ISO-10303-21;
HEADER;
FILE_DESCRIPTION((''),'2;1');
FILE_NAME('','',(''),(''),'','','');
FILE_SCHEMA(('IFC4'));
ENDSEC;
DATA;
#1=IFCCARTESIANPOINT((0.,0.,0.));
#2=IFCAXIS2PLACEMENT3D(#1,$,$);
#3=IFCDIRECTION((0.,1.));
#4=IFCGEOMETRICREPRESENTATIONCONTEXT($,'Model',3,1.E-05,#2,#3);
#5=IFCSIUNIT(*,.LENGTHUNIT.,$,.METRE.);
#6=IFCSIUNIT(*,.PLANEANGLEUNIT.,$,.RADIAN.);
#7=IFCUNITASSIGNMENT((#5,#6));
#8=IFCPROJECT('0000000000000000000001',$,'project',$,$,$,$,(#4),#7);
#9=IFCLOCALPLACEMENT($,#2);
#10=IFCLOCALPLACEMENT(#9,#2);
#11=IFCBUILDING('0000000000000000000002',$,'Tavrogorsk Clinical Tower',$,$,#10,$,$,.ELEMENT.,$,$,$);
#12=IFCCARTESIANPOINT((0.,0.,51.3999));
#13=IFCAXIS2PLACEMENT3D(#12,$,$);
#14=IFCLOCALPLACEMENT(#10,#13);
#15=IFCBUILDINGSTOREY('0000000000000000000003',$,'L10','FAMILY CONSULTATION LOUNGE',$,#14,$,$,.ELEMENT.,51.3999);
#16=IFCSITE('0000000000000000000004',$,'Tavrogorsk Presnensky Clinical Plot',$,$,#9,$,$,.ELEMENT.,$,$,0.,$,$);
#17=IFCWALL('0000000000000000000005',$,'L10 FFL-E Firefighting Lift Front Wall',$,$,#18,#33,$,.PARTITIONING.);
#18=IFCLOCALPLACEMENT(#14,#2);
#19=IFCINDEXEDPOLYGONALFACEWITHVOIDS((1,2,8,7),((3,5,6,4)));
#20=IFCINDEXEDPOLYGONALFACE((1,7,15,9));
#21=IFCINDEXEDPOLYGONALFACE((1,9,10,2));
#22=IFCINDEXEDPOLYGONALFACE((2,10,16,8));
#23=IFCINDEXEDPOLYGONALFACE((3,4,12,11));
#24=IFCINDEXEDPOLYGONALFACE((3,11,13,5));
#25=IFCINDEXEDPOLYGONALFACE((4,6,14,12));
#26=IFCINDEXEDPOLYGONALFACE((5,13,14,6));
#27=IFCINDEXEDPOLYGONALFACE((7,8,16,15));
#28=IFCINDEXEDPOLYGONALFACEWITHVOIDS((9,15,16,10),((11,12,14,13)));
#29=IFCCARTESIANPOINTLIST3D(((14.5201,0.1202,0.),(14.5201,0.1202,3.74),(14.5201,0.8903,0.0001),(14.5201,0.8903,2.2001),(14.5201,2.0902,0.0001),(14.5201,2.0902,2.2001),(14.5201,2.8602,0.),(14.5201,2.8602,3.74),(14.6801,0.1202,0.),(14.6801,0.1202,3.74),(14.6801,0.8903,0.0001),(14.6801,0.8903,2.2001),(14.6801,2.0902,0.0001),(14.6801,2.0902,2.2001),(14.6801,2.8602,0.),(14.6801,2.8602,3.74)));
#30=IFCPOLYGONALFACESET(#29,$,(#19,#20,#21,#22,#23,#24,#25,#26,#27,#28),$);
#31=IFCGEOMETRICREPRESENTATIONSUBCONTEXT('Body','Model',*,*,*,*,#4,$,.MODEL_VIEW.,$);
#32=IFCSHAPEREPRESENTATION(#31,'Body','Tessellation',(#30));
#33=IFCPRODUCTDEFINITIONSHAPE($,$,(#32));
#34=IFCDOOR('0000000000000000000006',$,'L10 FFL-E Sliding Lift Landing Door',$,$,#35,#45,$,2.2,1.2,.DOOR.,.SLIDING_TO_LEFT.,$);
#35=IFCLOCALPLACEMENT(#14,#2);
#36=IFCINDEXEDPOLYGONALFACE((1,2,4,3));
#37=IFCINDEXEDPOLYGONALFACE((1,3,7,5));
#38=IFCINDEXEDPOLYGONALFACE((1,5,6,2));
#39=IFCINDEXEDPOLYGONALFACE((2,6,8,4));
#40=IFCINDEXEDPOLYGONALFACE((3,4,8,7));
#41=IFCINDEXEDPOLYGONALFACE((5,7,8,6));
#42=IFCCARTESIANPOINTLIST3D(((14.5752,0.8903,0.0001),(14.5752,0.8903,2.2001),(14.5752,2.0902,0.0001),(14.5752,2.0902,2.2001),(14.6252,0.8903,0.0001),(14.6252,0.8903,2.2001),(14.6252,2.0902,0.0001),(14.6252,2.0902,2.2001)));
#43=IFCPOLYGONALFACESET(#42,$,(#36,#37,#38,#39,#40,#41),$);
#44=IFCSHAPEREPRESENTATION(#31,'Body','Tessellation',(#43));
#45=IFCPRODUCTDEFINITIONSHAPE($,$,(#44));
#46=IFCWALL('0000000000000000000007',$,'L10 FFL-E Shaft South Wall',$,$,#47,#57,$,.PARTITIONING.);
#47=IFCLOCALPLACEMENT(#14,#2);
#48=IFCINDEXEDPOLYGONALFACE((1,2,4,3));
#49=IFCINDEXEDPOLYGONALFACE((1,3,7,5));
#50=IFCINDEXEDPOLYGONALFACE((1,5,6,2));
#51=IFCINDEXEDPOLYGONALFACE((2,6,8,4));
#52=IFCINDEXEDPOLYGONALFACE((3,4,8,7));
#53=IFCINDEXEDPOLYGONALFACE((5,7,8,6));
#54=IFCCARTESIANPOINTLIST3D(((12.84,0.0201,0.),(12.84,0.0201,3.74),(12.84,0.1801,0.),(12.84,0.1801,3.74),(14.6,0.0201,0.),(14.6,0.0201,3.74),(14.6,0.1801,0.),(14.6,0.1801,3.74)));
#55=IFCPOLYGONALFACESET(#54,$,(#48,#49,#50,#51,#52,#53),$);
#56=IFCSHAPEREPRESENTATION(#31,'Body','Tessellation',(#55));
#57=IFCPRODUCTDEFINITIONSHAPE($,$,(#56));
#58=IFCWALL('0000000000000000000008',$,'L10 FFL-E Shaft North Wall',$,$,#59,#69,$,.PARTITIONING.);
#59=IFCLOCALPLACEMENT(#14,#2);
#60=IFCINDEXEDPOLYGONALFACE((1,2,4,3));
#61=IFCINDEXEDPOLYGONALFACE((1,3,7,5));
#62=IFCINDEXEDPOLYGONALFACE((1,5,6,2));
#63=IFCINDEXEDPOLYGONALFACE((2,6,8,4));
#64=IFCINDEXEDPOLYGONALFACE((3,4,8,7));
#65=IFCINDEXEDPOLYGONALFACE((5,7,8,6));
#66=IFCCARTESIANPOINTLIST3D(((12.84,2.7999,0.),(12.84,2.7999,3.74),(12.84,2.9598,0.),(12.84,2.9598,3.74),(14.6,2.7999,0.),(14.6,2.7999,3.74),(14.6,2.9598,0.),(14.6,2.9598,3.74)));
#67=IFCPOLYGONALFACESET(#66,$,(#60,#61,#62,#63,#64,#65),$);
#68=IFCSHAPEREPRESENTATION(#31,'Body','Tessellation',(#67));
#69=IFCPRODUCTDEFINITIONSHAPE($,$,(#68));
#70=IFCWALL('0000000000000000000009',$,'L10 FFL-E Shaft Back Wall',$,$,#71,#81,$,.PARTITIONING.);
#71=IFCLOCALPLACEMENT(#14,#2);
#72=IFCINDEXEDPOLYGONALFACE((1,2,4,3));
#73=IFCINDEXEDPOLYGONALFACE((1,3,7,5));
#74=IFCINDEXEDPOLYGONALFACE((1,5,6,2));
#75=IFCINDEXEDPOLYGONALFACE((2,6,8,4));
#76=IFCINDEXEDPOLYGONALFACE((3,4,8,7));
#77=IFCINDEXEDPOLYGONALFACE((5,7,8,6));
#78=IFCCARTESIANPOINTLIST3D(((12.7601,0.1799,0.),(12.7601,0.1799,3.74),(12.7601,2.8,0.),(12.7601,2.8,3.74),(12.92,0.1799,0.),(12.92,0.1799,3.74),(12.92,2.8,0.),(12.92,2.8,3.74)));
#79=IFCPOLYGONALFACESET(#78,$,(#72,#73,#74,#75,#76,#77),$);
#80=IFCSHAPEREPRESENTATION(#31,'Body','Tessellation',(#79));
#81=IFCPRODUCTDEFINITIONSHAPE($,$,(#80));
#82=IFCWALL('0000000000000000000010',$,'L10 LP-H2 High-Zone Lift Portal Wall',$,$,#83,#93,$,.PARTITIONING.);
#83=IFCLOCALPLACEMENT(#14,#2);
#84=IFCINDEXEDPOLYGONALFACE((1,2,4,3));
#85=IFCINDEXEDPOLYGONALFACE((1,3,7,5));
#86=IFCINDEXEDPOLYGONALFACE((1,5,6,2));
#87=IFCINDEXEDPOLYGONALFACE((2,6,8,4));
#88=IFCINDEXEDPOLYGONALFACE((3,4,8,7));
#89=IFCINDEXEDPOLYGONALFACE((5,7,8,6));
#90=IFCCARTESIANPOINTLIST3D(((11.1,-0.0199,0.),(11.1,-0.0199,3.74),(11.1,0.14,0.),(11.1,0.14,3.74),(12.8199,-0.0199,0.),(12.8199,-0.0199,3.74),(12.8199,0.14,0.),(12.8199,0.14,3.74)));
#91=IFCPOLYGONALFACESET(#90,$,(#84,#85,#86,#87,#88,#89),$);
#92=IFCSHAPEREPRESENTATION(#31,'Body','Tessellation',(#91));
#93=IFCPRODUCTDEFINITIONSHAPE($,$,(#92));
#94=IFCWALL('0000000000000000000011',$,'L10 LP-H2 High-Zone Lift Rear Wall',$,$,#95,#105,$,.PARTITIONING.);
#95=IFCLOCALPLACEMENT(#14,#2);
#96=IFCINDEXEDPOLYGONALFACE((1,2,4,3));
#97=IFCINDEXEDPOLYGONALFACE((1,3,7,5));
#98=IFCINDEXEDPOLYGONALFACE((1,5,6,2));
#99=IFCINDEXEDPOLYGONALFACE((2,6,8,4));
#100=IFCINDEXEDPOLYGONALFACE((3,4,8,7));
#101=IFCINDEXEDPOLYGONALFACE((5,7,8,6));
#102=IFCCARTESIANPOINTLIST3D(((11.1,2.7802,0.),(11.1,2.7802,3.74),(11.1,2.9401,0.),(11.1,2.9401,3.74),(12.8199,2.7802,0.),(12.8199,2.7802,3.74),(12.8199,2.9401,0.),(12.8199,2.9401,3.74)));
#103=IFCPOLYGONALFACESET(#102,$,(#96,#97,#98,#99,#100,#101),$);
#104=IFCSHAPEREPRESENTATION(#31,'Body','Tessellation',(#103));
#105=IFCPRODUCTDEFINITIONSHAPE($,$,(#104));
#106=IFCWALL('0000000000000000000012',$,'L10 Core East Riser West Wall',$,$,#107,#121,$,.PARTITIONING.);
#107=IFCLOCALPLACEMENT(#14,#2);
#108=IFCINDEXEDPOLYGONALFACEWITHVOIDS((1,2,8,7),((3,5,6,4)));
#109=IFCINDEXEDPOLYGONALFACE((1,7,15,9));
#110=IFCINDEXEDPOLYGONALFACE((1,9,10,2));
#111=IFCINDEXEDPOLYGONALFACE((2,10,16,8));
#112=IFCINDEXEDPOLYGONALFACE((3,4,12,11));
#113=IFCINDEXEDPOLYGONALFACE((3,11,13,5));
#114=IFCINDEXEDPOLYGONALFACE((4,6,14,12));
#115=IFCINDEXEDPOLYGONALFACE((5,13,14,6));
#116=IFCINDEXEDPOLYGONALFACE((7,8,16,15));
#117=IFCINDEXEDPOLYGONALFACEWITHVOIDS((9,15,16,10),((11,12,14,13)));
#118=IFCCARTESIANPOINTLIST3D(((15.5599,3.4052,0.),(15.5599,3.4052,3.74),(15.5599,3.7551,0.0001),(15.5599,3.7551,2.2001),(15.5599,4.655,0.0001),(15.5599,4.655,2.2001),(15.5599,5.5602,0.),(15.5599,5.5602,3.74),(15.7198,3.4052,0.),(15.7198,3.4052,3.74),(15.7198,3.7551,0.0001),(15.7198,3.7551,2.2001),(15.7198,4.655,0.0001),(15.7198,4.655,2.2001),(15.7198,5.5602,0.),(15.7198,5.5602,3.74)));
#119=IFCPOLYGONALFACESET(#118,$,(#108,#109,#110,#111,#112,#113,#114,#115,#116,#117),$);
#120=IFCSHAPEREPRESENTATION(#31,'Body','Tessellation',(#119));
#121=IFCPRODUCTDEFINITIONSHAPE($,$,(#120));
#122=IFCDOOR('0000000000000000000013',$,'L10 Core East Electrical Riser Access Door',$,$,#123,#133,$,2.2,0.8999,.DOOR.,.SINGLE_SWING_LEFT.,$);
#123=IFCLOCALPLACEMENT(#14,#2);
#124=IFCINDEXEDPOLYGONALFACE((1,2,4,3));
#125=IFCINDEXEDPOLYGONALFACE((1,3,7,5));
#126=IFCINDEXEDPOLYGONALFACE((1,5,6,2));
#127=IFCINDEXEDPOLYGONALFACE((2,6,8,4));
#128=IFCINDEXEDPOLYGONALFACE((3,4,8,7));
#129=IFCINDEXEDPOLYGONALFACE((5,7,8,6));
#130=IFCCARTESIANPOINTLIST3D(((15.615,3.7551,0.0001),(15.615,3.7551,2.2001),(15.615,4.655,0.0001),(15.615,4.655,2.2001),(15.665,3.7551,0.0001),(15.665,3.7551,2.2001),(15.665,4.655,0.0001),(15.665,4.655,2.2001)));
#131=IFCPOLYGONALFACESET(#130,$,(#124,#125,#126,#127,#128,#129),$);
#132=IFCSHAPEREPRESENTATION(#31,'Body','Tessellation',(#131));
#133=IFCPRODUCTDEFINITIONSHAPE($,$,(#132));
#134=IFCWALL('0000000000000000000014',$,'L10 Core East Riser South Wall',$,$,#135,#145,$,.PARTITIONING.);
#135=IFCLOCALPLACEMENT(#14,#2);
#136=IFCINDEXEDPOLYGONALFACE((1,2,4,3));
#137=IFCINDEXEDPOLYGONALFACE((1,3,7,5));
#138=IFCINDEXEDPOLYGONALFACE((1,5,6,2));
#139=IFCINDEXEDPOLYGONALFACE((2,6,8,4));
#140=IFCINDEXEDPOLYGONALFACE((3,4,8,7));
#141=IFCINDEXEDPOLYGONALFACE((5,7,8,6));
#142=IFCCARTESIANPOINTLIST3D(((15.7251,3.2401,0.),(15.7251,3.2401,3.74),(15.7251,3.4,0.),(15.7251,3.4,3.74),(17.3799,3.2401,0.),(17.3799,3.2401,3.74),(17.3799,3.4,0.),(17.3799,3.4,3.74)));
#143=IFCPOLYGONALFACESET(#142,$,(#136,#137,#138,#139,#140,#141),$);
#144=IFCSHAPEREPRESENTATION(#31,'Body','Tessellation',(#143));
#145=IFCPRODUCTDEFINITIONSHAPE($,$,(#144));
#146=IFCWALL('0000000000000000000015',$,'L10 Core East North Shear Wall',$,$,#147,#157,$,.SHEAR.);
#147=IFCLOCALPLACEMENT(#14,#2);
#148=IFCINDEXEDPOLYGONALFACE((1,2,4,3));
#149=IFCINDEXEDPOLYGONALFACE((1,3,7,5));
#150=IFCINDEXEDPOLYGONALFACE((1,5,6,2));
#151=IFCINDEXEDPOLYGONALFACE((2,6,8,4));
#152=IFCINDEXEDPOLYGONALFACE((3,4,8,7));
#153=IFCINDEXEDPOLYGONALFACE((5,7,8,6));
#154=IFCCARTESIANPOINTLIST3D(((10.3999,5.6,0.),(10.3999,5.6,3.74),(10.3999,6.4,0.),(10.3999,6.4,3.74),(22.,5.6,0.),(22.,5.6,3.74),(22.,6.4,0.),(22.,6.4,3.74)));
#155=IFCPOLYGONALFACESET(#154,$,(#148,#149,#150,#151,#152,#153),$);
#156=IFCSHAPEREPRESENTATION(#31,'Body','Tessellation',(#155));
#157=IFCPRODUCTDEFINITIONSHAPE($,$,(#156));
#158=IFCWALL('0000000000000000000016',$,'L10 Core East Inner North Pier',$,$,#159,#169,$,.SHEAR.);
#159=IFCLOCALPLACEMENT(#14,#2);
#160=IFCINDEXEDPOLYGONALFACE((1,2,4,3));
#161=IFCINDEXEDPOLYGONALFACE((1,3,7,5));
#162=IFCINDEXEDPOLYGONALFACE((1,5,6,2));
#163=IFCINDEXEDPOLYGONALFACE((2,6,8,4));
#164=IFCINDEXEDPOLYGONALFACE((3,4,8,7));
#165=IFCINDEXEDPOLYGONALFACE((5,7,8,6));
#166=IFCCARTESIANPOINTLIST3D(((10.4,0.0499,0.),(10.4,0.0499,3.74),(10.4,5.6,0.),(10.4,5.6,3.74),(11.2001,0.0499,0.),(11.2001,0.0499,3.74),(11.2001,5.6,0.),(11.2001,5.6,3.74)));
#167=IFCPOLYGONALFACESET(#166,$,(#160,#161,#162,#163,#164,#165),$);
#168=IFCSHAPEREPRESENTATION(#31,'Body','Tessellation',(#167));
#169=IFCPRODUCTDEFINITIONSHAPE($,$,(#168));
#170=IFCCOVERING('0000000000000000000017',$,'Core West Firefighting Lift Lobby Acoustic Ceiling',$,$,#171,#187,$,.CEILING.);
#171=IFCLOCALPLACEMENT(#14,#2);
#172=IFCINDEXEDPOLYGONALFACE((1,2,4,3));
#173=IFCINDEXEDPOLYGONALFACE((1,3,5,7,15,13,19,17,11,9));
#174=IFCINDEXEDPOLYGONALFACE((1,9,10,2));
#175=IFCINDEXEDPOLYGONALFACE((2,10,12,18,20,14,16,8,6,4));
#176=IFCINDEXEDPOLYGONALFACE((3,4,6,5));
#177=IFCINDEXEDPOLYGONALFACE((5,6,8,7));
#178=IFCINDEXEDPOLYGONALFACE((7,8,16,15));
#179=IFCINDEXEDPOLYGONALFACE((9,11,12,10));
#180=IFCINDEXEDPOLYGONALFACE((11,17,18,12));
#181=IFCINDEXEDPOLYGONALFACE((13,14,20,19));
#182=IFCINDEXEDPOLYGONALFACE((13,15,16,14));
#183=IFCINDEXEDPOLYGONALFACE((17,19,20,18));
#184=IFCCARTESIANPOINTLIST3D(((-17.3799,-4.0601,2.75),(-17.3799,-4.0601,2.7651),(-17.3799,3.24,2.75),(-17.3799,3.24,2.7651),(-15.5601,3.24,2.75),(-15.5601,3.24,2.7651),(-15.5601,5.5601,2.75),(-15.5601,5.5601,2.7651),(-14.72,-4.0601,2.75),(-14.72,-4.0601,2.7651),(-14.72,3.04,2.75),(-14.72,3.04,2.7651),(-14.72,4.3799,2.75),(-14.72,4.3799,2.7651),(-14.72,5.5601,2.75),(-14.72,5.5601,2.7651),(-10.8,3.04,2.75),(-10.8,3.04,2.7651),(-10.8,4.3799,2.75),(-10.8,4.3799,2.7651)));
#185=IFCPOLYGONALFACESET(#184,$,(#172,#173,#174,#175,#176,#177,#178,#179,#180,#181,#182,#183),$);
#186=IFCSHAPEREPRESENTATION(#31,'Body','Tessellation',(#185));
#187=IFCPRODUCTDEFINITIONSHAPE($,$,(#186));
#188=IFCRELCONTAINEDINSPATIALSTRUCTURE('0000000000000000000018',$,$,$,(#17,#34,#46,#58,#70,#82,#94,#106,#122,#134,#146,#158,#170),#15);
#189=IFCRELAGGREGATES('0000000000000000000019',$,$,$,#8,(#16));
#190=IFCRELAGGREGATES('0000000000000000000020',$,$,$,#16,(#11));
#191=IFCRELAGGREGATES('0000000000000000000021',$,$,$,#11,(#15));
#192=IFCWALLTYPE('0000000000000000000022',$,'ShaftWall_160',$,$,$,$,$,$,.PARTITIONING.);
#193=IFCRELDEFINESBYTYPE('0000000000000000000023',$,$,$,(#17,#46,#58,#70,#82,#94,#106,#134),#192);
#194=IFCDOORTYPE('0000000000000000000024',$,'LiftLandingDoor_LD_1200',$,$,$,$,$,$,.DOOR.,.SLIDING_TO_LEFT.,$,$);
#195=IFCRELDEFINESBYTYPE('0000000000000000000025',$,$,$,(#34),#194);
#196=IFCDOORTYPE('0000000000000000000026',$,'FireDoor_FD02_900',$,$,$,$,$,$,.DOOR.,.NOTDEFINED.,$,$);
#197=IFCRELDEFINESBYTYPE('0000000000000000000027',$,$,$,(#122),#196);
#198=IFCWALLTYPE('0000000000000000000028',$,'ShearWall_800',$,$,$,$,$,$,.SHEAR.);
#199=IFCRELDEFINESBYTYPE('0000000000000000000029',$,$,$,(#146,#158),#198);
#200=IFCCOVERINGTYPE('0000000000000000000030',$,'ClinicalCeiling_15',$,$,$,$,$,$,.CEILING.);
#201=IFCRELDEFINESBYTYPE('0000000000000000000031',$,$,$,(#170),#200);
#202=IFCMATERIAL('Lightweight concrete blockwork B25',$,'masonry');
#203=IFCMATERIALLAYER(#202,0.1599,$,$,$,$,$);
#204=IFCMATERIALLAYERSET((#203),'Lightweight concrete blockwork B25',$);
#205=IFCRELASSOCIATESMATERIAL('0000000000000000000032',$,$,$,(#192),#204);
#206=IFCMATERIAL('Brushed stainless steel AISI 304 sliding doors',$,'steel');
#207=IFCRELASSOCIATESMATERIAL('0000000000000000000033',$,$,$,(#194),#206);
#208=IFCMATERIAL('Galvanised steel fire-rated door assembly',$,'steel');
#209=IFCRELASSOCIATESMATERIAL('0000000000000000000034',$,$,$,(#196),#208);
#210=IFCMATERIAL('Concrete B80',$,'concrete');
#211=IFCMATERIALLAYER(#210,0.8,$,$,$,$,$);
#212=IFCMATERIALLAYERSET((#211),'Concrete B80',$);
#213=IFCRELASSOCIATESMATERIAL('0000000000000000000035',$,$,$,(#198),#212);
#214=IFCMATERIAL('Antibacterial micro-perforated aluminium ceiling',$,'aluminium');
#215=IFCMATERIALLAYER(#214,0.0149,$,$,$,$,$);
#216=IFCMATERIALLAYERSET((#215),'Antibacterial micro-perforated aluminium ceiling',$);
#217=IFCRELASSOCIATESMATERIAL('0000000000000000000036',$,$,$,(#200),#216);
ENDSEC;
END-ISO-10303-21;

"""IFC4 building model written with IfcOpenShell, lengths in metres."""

from ifc_helpers import new_model, si_unit, direction, frame, frame_2d, origin, place, context, subcontext, project, spatial, polyline, rectangle, outline, extrude, material, layer, layer_set, type_object, element, fill, save


model = new_model("IFC4")

# Units and contexts
model_context = context("Model", 3, precision=1e-05, world=origin(), true_north=direction((0.0, 1.0)))
body_context = subcontext(model_context, "Body", "Model", "MODEL_VIEW")
ifc_project = project(units=[si_unit("LENGTHUNIT", "METRE"), si_unit("PLANEANGLEUNIT", "RADIAN")], contexts=[model_context])

# Site, building, storey
site_placement = place(None, origin())
site = spatial("IfcSite", under=ifc_project, at=site_placement, Name="Tavrogorsk Presnensky Clinical Plot", CompositionType="ELEMENT", RefElevation=0.0)
building_placement = place(site_placement, origin())
building = spatial("IfcBuilding", under=site, at=building_placement, Name="Tavrogorsk Clinical Tower", CompositionType="ELEMENT")
storey_placement = place(building_placement, frame((0.0, 0.0, 51.3999)))
storey = spatial("IfcBuildingStorey", under=building, at=storey_placement, Name="L10", Description="FAMILY CONSULTATION LOUNGE", CompositionType="ELEMENT", Elevation=51.3999)

# Wall, opening, door
ifc_material_1 = material(Name="Lightweight concrete blockwork B25", Category="masonry")
ifc_layer_1 = layer(ifc_material_1, 0.1599)
ifc_layer_set_1 = layer_set([ifc_layer_1], Name="Lightweight concrete blockwork B25")
wall_type_1 = type_object("IfcWallType", Name="ShaftWall_160", PredefinedType="PARTITIONING", material=ifc_layer_set_1)
wall_1_placement = place(storey_placement, frame((14.6001, 0.1201, 0.0), z_axis=(0.0, 0.0, 1.0), x_axis=(0.0, 1.0, 0.0)))
wall_1 = element("IfcWall", 1, at=wall_1_placement, inside=storey, type_object=wall_type_1, Name="L10 FFL-E Firefighting Lift Front Wall", PredefinedType="PARTITIONING", context=body_context, shape_type="SweptSolid", body=[
    extrude(rectangle(XDim=2.74, YDim=0.1599, at=frame_2d((1.3701, 0.0))), origin(), (0.0, 0.0, 1.0), 3.74),
])
opening_1_placement = place(wall_1_placement, frame((0.77, 0.0, 0.0)))
opening_1 = element("IfcOpeningElement", 2, at=opening_1_placement, cuts=wall_1, PredefinedType="OPENING", context=body_context, shape_type="SweptSolid", body=[
    extrude(rectangle(XDim=1.2, YDim=2.2, at=frame_2d((0.6001, 1.1001))), frame((0.0, 0.0898, 0.0), z_axis=(0.0, -1.0, 0.0), x_axis=(1.0, 0.0, 0.0)), (0.0, 0.0, 1.0), 0.1799),
])
ifc_material_2 = material(Name="Brushed stainless steel AISI 304 sliding doors", Category="steel")
door_type_1 = type_object("IfcDoorType", Name="LiftLandingDoor_LD_1200", OperationType="SLIDING_TO_LEFT", PredefinedType="DOOR", material=ifc_material_2)
door_1_placement = place(opening_1_placement, origin())
door_1 = element("IfcDoor", 3, at=door_1_placement, inside=storey, type_object=door_type_1, Name="L10 FFL-E Sliding Lift Landing Door", OperationType="SLIDING_TO_LEFT", OverallHeight=2.2, OverallWidth=1.2, PredefinedType="DOOR", context=body_context, shape_type="SweptSolid", body=[
    extrude(rectangle(XDim=1.2, YDim=2.2, at=frame_2d((0.6001, 1.1001))), frame((0.0, 0.0249, 0.0), z_axis=(0.0, -1.0, 0.0), x_axis=(1.0, 0.0, 0.0)), (0.0, 0.0, 1.0), 0.05),
])
fill(opening_1, door_1)

# Walls
for number, where, z_axis, x_axis, name in (
    (4, (12.8401, 0.1001, 0.0), (0.0, 0.0, 1.0), (1.0, 0.0, 0.0), "L10 FFL-E Shaft South Wall"),
    (5, (12.8401, 2.8799, 0.0), (0.0, 0.0, 1.0), (1.0, 0.0, 0.0), "L10 FFL-E Shaft North Wall"),
):
    element("IfcWall", number, at=place(storey_placement, frame(where, z_axis=z_axis, x_axis=x_axis)), inside=storey, type_object=wall_type_1, Name=name, PredefinedType="PARTITIONING", context=body_context, shape_type="SweptSolid", body=[
        extrude(rectangle(XDim=1.76, YDim=0.1599, at=frame_2d((0.8799, 0.0))), origin(), (0.0, 0.0, 1.0), 3.74),
    ])
wall_2_placement = place(storey_placement, frame((12.8401, 0.1799, 0.0), z_axis=(0.0, 0.0, 1.0), x_axis=(0.0, 1.0, 0.0)))
element("IfcWall", 6, at=wall_2_placement, inside=storey, type_object=wall_type_1, Name="L10 FFL-E Shaft Back Wall", PredefinedType="PARTITIONING", context=body_context, shape_type="SweptSolid", body=[
    extrude(rectangle(XDim=2.6201, YDim=0.1599, at=frame_2d((1.3101, 0.0))), origin(), (0.0, 0.0, 1.0), 3.74),
])
for number, where, z_axis, x_axis, name in (
    (7, (11.1001, 0.0601, 0.0), (0.0, 0.0, 1.0), (1.0, 0.0, 0.0), "L10 LP-H2 High-Zone Lift Portal Wall"),
    (8, (11.1001, 2.8601, 0.0), (0.0, 0.0, 1.0), (1.0, 0.0, 0.0), "L10 LP-H2 High-Zone Lift Rear Wall"),
):
    element("IfcWall", number, at=place(storey_placement, frame(where, z_axis=z_axis, x_axis=x_axis)), inside=storey, type_object=wall_type_1, Name=name, PredefinedType="PARTITIONING", context=body_context, shape_type="SweptSolid", body=[
        extrude(rectangle(XDim=1.72, YDim=0.1599, at=frame_2d((0.8599, 0.0))), origin(), (0.0, 0.0, 1.0), 3.74),
    ])

# Wall, opening, door
wall_3_placement = place(storey_placement, frame((15.6399, 3.405, 0.0), z_axis=(0.0, 0.0, 1.0), x_axis=(0.0, 1.0, 0.0)))
wall_3 = element("IfcWall", 9, at=wall_3_placement, inside=storey, type_object=wall_type_1, Name="L10 Core East Riser West Wall", PredefinedType="PARTITIONING", context=body_context, shape_type="SweptSolid", body=[
    extrude(rectangle(XDim=2.155, YDim=0.1599, at=frame_2d((1.0776, 0.0))), origin(), (0.0, 0.0, 1.0), 3.74),
])
opening_2_placement = place(wall_3_placement, frame((0.3501, 0.0, 0.0)))
opening_2 = element("IfcOpeningElement", 10, at=opening_2_placement, cuts=wall_3, PredefinedType="OPENING", context=body_context, shape_type="SweptSolid", body=[
    extrude(rectangle(XDim=0.8999, YDim=2.2, at=frame_2d((0.45, 1.1001))), frame((0.0, 0.0898, 0.0), z_axis=(0.0, -1.0, 0.0), x_axis=(1.0, 0.0, 0.0)), (0.0, 0.0, 1.0), 0.1799),
])
ifc_material_3 = material(Name="Galvanised steel fire-rated door assembly", Category="steel")
door_type_2 = type_object("IfcDoorType", Name="FireDoor_FD02_900", OperationType="NOTDEFINED", PredefinedType="DOOR", material=ifc_material_3)
door_2_placement = place(opening_2_placement, origin())
door_2 = element("IfcDoor", 11, at=door_2_placement, inside=storey, type_object=door_type_2, Name="L10 Core East Electrical Riser Access Door", OperationType="SINGLE_SWING_LEFT", OverallHeight=2.2, OverallWidth=0.8999, PredefinedType="DOOR", context=body_context, shape_type="SweptSolid", body=[
    extrude(rectangle(XDim=0.8999, YDim=2.2, at=frame_2d((0.45, 1.1001))), frame((0.0, 0.0249, 0.0), z_axis=(0.0, -1.0, 0.0), x_axis=(1.0, 0.0, 0.0)), (0.0, 0.0, 1.0), 0.05),
])
fill(opening_2, door_2)

# Walls
wall_4_placement = place(storey_placement, frame((15.7251, 3.3201, 0.0), z_axis=(0.0, 0.0, 1.0), x_axis=(1.0, 0.0, 0.0)))
element("IfcWall", 12, at=wall_4_placement, inside=storey, type_object=wall_type_1, Name="L10 Core East Riser South Wall", PredefinedType="PARTITIONING", context=body_context, shape_type="SweptSolid", body=[
    extrude(rectangle(XDim=1.6548, YDim=0.1599, at=frame_2d((0.8274, 0.0))), origin(), (0.0, 0.0, 1.0), 3.74),
])
ifc_material_4 = material(Name="Concrete B80", Category="concrete")
ifc_layer_2 = layer(ifc_material_4, 0.8)
ifc_layer_set_2 = layer_set([ifc_layer_2], Name="Concrete B80")
wall_type_2 = type_object("IfcWallType", Name="ShearWall_800", PredefinedType="SHEAR", material=ifc_layer_set_2)
wall_5_placement = place(storey_placement, frame((10.3999, 6.0, 0.0), z_axis=(0.0, 0.0, 1.0), x_axis=(1.0, 0.0, 0.0)))
element("IfcWall", 13, at=wall_5_placement, inside=storey, type_object=wall_type_2, Name="L10 Core East North Shear Wall", PredefinedType="SHEAR", context=body_context, shape_type="SweptSolid", body=[
    extrude(rectangle(XDim=11.6001, YDim=0.8, at=frame_2d((5.8, 0.0))), origin(), (0.0, 0.0, 1.0), 3.74),
])
wall_6_placement = place(storey_placement, frame((10.8, 0.05, 0.0), z_axis=(0.0, 0.0, 1.0), x_axis=(0.0, 1.0, 0.0)))
element("IfcWall", 14, at=wall_6_placement, inside=storey, type_object=wall_type_2, Name="L10 Core East Inner North Pier", PredefinedType="SHEAR", context=body_context, shape_type="SweptSolid", body=[
    extrude(rectangle(XDim=5.55, YDim=0.8, at=frame_2d((2.7749, 0.0))), origin(), (0.0, 0.0, 1.0), 3.74),
])

# Covering
ifc_material_5 = material(Name="Antibacterial micro-perforated aluminium ceiling", Category="aluminium")
ifc_layer_3 = layer(ifc_material_5, 0.0149)
ifc_layer_set_3 = layer_set([ifc_layer_3], Name="Antibacterial micro-perforated aluminium ceiling")
covering_type_1 = type_object("IfcCoveringType", Name="ClinicalCeiling_15", PredefinedType="CEILING", material=ifc_layer_set_3)
covering_1_placement = place(storey_placement, frame((0.0, 0.0, 2.75)))
element("IfcCovering", 15, at=covering_1_placement, inside=storey, type_object=covering_type_1, Name="Core West Firefighting Lift Lobby Acoustic Ceiling", PredefinedType="CEILING", context=body_context, shape_type="SweptSolid", body=[
    extrude(outline(polyline([(-14.72, 4.3799), (-10.8, 4.3799), (-10.8, 3.04), (-14.72, 3.04), (-14.72, -4.0601), (-17.3799, -4.0601), (-17.3799, 3.24), (-15.5601, 3.24), (-15.5601, 5.5601), (-14.72, 5.5601), (-14.72, 4.3799)])), origin(), (0.0, 0.0, 1.0), 0.0151),
])

save(model, "model.ifc")
